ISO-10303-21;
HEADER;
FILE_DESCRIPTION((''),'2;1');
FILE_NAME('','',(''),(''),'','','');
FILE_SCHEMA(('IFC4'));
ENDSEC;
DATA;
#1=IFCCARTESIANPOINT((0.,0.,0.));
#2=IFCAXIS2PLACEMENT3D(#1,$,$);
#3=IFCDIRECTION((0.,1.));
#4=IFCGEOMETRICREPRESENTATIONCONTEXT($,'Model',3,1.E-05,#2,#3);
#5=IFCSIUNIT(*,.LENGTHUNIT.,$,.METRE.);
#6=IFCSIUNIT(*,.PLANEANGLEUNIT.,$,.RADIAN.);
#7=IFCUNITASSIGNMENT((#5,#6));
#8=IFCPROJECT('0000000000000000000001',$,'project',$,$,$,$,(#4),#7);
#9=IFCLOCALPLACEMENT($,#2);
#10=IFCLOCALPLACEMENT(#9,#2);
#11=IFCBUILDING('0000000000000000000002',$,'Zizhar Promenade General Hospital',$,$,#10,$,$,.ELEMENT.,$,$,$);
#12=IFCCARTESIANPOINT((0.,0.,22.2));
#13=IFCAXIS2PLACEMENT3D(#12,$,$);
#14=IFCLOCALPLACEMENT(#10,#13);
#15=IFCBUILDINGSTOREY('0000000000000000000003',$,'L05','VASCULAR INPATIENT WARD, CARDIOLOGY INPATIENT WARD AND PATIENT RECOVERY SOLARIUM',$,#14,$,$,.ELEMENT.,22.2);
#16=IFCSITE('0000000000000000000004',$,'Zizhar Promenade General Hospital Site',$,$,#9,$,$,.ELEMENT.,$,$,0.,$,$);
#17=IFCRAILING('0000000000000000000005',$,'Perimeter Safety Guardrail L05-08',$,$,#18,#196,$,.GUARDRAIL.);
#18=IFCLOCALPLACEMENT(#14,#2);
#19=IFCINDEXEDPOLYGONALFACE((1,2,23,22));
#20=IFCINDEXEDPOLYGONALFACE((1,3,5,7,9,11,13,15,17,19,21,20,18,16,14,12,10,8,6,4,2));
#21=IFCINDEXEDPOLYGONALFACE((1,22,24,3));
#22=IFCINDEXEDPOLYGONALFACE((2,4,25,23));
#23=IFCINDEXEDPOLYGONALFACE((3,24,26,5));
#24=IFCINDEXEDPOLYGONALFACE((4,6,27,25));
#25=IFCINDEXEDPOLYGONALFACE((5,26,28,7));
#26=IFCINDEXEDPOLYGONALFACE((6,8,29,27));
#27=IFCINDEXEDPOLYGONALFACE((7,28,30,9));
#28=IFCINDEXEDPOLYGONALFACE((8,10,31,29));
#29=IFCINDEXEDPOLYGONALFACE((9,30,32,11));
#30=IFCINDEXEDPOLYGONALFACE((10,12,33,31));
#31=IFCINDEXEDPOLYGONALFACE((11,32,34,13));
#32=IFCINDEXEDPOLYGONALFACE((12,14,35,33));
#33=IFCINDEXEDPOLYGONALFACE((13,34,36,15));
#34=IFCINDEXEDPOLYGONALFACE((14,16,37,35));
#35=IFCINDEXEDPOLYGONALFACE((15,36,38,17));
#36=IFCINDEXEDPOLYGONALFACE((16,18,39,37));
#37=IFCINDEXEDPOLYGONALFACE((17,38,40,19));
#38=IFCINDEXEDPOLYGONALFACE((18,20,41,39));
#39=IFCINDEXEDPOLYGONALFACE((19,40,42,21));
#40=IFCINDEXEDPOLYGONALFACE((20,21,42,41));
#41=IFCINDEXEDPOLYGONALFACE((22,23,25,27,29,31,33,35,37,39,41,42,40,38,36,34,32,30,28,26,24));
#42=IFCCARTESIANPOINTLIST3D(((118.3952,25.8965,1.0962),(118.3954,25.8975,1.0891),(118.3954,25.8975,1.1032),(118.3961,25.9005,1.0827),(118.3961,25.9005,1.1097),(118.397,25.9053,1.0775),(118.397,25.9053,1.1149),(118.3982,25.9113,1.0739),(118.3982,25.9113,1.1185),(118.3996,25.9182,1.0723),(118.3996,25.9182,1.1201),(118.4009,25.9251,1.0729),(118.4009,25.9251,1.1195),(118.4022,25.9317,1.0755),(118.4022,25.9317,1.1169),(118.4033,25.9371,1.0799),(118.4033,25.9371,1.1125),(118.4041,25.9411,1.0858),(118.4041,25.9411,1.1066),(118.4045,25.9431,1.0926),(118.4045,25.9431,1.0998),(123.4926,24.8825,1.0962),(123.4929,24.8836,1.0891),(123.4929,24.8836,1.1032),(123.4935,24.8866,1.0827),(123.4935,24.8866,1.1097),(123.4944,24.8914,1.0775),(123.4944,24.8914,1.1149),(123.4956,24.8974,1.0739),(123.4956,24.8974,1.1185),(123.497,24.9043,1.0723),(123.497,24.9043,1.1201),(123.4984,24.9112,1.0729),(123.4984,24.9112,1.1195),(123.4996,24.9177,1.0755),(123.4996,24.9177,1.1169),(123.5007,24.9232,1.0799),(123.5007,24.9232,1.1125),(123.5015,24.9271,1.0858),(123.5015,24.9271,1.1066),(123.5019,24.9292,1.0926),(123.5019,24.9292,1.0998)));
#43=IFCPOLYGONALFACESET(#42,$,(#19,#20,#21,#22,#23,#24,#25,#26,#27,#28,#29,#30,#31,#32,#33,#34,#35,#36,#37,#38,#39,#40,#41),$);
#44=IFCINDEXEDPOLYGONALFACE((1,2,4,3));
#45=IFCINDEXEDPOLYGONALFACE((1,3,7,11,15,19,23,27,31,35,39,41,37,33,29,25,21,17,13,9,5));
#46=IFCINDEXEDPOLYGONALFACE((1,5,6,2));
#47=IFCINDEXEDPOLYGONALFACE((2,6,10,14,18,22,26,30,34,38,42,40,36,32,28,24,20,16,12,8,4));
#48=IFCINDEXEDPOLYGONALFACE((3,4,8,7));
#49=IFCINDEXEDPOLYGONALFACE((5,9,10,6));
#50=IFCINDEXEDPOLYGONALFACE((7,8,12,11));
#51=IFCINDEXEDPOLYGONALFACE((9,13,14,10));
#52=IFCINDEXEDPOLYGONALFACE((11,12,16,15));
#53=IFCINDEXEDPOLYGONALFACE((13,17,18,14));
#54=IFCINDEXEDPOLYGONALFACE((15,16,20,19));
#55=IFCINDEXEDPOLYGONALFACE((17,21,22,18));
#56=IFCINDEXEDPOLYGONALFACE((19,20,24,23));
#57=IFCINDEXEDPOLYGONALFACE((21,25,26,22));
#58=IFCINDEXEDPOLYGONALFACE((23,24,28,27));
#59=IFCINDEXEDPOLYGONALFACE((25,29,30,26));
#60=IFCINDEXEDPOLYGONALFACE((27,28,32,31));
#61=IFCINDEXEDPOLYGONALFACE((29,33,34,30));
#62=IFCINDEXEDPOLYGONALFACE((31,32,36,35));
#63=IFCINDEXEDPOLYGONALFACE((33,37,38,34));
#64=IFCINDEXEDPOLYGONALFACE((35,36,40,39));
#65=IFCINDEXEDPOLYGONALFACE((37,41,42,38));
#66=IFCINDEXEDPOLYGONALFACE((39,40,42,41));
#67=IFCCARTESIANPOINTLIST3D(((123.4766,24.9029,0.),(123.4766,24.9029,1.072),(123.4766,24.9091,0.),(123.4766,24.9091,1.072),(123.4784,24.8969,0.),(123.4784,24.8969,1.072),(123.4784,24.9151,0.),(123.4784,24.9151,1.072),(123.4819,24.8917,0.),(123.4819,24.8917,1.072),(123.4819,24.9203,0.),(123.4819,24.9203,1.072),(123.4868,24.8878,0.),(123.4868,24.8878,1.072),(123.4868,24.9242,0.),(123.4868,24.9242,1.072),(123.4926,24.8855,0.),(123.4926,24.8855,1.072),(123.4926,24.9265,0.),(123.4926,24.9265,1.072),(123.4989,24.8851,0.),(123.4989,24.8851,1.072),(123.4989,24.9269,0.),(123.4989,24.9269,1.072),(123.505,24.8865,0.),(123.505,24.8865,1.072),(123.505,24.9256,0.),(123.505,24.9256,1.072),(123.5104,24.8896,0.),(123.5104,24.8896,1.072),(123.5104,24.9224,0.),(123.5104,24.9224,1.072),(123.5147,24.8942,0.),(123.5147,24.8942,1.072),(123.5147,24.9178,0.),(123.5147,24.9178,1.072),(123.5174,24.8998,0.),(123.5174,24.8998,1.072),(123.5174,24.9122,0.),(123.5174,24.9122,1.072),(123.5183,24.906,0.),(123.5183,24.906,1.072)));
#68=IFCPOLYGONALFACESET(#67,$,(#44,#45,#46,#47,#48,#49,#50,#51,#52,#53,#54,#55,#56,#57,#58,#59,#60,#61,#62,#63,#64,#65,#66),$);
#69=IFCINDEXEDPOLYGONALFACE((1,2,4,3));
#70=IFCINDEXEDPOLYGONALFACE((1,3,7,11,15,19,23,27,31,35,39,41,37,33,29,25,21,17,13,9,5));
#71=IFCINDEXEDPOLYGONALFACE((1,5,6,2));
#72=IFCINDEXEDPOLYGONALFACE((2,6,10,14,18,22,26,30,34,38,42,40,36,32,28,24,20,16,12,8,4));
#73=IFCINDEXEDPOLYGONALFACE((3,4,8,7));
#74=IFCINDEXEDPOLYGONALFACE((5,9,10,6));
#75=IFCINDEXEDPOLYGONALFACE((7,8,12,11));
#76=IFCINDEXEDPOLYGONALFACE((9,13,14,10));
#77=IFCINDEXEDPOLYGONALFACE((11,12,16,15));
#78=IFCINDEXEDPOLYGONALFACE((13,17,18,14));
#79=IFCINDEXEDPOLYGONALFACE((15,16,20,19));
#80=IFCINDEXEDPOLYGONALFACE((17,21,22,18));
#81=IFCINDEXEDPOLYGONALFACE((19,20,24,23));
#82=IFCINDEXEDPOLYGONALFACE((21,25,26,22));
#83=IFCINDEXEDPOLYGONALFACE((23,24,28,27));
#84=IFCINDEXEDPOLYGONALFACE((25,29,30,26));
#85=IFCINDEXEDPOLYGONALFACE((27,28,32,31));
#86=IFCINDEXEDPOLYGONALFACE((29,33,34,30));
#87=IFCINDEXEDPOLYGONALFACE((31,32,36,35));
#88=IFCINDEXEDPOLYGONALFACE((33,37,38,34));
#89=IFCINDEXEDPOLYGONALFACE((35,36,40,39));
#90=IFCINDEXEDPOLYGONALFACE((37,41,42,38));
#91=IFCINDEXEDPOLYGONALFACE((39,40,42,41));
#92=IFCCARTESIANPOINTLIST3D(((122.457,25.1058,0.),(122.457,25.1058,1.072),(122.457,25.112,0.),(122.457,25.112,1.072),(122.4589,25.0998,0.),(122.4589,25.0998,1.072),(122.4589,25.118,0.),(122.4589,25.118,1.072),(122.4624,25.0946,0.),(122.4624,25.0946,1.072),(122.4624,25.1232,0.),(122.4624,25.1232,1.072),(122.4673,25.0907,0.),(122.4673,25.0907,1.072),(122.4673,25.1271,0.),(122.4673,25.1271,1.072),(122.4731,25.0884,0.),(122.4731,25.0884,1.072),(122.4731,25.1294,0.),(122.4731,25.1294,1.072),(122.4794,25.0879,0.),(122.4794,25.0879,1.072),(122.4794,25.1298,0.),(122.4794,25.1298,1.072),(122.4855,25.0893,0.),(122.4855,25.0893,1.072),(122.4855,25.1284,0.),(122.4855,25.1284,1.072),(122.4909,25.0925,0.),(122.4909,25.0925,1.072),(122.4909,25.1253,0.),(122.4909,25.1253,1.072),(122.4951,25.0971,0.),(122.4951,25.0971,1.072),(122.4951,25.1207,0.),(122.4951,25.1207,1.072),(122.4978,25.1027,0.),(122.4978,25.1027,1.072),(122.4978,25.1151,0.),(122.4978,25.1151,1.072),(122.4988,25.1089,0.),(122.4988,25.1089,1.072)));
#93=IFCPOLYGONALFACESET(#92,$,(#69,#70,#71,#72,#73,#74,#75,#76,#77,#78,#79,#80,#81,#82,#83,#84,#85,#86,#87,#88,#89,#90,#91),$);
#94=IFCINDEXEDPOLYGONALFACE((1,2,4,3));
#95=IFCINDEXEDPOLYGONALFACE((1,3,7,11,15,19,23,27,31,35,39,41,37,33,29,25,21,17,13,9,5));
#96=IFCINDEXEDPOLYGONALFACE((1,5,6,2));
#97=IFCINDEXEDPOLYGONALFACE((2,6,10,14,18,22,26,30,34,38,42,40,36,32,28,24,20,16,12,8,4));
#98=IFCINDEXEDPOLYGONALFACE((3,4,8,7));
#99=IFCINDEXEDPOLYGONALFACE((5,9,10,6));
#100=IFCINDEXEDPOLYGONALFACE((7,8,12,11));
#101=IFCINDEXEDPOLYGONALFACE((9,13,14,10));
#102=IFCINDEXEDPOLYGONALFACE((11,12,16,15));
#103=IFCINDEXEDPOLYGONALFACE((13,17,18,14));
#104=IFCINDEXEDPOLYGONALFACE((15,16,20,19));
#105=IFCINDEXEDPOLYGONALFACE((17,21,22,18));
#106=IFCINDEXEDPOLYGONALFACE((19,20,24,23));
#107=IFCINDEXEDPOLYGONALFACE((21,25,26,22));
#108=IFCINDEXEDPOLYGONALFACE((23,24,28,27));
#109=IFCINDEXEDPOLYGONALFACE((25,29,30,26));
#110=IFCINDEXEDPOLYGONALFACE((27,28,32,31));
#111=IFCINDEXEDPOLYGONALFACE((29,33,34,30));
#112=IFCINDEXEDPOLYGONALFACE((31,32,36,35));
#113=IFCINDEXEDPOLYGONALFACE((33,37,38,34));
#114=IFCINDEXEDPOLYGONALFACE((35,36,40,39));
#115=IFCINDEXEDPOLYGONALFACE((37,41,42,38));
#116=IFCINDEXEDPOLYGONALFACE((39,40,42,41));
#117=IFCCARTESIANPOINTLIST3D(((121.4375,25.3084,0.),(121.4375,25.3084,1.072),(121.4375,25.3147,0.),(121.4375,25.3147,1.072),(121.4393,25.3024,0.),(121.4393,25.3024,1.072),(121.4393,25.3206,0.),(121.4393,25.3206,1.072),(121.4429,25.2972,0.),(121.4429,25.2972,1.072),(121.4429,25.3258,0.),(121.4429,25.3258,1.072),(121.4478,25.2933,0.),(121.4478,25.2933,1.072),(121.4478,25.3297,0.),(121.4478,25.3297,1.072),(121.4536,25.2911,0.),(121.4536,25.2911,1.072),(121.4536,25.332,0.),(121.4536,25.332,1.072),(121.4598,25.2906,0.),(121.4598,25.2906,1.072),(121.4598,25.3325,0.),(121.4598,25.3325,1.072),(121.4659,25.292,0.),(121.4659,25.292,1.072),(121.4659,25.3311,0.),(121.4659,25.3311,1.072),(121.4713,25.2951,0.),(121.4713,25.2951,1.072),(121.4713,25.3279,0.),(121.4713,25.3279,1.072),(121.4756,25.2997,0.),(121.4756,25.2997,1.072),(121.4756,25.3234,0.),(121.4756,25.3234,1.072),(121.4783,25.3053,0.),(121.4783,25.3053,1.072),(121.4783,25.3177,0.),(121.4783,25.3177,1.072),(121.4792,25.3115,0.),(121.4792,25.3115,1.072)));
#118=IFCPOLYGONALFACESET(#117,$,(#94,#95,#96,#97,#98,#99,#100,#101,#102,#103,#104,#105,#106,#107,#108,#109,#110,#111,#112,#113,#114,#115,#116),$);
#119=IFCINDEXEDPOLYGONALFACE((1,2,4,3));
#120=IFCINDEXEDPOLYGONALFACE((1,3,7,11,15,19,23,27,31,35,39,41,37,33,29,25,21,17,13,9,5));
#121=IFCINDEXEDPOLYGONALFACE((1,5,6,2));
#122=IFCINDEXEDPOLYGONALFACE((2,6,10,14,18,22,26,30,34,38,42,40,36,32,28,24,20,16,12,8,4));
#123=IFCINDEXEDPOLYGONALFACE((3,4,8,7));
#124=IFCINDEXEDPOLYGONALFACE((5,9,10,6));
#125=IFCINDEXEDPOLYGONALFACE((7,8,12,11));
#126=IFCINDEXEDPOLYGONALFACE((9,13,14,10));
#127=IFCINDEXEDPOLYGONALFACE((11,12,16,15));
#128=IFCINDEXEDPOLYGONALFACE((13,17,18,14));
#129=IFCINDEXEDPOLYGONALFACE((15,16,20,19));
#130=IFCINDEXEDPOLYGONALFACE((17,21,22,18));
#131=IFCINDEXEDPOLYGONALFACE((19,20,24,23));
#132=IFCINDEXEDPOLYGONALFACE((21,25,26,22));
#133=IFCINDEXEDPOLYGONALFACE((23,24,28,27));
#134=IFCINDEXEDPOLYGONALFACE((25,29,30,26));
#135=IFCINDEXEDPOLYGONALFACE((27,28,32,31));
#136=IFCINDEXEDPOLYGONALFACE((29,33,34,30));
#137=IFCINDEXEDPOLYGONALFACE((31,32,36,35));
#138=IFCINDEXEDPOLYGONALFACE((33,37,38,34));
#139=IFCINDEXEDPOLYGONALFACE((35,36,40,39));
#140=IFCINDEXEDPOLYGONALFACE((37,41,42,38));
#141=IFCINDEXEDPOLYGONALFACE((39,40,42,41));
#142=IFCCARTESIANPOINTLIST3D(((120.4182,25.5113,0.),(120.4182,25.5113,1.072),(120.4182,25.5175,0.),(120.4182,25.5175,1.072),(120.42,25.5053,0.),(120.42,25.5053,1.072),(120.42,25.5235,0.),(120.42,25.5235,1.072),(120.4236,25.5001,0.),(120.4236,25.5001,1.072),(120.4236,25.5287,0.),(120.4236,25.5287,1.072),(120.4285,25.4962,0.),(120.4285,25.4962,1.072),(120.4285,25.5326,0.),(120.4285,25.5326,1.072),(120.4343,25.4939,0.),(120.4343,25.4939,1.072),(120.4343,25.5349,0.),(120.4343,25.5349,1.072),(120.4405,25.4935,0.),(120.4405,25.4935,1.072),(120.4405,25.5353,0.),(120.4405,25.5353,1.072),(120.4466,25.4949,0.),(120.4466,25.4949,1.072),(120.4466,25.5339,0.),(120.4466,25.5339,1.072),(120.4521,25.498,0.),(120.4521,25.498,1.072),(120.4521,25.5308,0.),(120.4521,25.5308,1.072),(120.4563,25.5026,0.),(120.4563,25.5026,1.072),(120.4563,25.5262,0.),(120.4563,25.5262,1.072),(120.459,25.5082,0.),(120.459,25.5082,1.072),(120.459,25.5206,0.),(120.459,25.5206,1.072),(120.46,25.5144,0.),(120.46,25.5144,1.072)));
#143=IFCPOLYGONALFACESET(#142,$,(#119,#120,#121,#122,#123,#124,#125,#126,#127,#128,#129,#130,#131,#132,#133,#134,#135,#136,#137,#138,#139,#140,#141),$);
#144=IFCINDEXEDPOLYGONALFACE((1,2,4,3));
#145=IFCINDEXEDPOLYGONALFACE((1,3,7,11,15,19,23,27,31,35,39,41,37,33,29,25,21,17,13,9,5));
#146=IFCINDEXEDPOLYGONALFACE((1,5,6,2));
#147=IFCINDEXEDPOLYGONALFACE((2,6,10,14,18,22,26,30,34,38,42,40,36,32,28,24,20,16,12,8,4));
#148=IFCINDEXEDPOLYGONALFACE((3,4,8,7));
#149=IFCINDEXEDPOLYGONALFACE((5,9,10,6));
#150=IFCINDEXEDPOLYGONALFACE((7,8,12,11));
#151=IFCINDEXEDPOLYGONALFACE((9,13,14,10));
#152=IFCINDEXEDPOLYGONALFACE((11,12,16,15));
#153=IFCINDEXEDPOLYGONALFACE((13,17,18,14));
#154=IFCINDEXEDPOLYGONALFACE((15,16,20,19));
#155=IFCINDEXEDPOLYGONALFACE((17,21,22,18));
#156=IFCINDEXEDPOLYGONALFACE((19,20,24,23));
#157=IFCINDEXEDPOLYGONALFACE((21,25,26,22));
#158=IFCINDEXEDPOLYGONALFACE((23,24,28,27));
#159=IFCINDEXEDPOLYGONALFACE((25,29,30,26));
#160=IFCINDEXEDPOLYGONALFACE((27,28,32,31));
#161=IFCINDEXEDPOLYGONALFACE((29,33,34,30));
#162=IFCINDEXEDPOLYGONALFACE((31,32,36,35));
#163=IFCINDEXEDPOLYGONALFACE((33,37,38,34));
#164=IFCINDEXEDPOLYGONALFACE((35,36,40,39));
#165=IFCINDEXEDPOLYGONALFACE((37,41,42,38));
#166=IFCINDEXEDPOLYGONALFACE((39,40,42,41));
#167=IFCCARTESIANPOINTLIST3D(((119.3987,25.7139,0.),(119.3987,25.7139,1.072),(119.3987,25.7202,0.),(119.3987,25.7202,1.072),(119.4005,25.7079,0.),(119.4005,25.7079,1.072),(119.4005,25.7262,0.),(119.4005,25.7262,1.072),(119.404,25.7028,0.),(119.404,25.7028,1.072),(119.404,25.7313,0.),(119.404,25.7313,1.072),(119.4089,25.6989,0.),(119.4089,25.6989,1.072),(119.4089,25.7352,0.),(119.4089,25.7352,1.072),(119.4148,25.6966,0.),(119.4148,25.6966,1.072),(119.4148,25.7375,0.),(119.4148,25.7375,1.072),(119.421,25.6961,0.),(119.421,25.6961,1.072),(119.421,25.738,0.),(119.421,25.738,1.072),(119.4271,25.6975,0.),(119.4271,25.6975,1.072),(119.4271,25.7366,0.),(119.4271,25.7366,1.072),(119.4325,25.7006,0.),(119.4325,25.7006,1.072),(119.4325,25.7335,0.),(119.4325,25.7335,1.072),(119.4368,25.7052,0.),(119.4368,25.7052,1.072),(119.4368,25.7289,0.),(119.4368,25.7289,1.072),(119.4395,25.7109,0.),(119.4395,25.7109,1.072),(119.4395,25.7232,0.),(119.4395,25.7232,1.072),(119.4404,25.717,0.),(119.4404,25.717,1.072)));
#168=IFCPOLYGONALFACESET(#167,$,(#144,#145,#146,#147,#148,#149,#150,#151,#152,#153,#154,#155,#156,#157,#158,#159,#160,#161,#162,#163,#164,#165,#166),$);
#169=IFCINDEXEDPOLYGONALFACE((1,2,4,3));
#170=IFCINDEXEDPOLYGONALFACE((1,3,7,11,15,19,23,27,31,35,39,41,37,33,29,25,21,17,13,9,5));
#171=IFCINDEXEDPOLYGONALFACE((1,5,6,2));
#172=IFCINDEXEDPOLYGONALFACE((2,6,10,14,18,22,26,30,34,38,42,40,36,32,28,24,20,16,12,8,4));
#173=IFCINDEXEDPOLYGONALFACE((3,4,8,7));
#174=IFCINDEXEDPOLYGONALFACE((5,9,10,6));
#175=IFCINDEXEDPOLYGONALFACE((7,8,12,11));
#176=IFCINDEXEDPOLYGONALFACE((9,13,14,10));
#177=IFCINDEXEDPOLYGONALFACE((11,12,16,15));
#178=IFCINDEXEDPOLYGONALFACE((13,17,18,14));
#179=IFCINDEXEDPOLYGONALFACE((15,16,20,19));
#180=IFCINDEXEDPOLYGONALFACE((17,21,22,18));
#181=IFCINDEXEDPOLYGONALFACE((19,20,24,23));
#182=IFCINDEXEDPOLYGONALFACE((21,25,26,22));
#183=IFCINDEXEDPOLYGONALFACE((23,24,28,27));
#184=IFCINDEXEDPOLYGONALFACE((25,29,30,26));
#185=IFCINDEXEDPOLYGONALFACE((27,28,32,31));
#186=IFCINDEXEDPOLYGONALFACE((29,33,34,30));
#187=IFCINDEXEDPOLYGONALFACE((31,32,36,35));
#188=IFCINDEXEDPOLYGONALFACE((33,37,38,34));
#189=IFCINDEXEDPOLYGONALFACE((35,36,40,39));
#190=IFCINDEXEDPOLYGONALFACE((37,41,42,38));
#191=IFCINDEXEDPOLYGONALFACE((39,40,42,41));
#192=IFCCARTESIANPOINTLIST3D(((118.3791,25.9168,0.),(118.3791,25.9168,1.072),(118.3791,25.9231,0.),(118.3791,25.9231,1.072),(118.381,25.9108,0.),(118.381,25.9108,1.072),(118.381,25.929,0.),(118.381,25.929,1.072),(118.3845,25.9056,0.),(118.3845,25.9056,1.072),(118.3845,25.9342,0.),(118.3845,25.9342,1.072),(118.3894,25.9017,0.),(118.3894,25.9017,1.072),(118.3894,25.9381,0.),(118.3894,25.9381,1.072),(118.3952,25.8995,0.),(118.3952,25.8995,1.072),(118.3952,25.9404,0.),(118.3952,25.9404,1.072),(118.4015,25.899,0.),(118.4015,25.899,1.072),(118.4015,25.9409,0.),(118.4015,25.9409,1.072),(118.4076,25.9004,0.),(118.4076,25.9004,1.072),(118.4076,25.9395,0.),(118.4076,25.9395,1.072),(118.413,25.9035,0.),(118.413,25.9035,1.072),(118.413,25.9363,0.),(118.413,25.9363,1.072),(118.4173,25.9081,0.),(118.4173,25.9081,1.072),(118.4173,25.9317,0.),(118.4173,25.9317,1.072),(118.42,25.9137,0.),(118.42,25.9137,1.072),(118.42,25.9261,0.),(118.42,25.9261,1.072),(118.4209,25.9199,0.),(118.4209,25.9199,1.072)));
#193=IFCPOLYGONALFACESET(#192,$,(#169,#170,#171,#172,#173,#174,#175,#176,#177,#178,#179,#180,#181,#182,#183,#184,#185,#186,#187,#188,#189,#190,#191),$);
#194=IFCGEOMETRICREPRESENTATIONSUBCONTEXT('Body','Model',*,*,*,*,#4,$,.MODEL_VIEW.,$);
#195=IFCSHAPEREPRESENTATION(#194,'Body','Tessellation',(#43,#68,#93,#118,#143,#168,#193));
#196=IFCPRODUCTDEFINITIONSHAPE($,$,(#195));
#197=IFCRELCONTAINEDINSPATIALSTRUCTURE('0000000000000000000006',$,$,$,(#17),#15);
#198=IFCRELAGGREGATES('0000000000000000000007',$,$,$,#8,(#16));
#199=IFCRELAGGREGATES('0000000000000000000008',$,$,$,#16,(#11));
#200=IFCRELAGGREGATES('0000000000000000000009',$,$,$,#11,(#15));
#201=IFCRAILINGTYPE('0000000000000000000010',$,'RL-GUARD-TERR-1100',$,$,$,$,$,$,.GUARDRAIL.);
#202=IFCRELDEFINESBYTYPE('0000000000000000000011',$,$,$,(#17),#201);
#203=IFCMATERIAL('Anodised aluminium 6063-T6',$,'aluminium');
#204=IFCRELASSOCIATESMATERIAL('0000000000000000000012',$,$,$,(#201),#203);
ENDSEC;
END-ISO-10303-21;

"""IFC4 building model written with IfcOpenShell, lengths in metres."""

from ifc_helpers import new_model, si_unit, direction, frame, origin, origin_2d, place, context, subcontext, project, spatial, circle, hollow_circle, extrude, material, material_profile, profile_set, type_object, element, save


model = new_model("IFC4")

# Units and contexts
model_context = context("Model", 3, precision=1e-05, world=origin(), true_north=direction((0.0, 1.0)))
body_context = subcontext(model_context, "Body", "Model", "MODEL_VIEW")
ifc_project = project(units=[si_unit("LENGTHUNIT", "METRE"), si_unit("PLANEANGLEUNIT", "RADIAN")], contexts=[model_context])

# Site, building, storey
site_placement = place(None, origin())
site = spatial("IfcSite", under=ifc_project, at=site_placement, Name="Zizhar Promenade General Hospital Site", CompositionType="ELEMENT", RefElevation=0.0)
building_placement = place(site_placement, origin())
building = spatial("IfcBuilding", under=site, at=building_placement, Name="Zizhar Promenade General Hospital", CompositionType="ELEMENT")
storey_placement = place(building_placement, frame((0.0, 0.0, 22.2)))
storey = spatial("IfcBuildingStorey", under=building, at=storey_placement, Name="L05", Description="VASCULAR INPATIENT WARD, CARDIOLOGY INPATIENT WARD AND PATIENT RECOVERY SOLARIUM", CompositionType="ELEMENT", Elevation=22.2)

# Railing
ifc_material_1 = material(Name="Anodised aluminium 6063-T6", Category="aluminium")
ifc_material_profile_1 = material_profile(ifc_material_1, hollow_circle(Radius=0.0698, WallThickness=0.0063, at=origin_2d()))
ifc_profile_set_1 = profile_set([ifc_material_profile_1], Name="Anodised aluminium 6063-T6")
railing_type = type_object("IfcRailingType", Name="RL-GUARD-TERR-1100", PredefinedType="GUARDRAIL", material=ifc_profile_set_1)
railing_1_placement = place(storey_placement, frame((123.4973, 24.906, 0.0)))
element("IfcRailing", 1, at=railing_1_placement, inside=storey, type_object=railing_type, Name="Perimeter Safety Guardrail L05-08", PredefinedType="GUARDRAIL", context=body_context, shape_type="SweptSolid", body=[
    extrude(circle(Radius=0.0239, at=origin_2d()), frame((0.0, 0.0, 1.0962), z_axis=(-0.980786, 0.195086, 0.0), x_axis=(-0.195086, -0.980786, 0.0)), (0.0, 0.0, 1.0), 5.1973),
    extrude(circle(Radius=0.021, at=origin_2d()), origin(), (0.0, 0.0, 1.0), 1.072),
    extrude(circle(Radius=0.021, at=origin_2d()), frame((-1.0195, 0.2029, 0.0)), (0.0, 0.0, 1.0), 1.072),
    extrude(circle(Radius=0.021, at=origin_2d()), frame((-2.0391, 0.4055, 0.0)), (0.0, 0.0, 1.0), 1.072),
    extrude(circle(Radius=0.021, at=origin_2d()), frame((-3.0583, 0.6084, 0.0)), (0.0, 0.0, 1.0), 1.072),
    extrude(circle(Radius=0.021, at=origin_2d()), frame((-4.0779, 0.811, 0.0)), (0.0, 0.0, 1.0), 1.072),
    extrude(circle(Radius=0.021, at=origin_2d()), frame((-5.0974, 1.0139, 0.0)), (0.0, 0.0, 1.0), 1.072),
])

save(model, "model.ifc")
